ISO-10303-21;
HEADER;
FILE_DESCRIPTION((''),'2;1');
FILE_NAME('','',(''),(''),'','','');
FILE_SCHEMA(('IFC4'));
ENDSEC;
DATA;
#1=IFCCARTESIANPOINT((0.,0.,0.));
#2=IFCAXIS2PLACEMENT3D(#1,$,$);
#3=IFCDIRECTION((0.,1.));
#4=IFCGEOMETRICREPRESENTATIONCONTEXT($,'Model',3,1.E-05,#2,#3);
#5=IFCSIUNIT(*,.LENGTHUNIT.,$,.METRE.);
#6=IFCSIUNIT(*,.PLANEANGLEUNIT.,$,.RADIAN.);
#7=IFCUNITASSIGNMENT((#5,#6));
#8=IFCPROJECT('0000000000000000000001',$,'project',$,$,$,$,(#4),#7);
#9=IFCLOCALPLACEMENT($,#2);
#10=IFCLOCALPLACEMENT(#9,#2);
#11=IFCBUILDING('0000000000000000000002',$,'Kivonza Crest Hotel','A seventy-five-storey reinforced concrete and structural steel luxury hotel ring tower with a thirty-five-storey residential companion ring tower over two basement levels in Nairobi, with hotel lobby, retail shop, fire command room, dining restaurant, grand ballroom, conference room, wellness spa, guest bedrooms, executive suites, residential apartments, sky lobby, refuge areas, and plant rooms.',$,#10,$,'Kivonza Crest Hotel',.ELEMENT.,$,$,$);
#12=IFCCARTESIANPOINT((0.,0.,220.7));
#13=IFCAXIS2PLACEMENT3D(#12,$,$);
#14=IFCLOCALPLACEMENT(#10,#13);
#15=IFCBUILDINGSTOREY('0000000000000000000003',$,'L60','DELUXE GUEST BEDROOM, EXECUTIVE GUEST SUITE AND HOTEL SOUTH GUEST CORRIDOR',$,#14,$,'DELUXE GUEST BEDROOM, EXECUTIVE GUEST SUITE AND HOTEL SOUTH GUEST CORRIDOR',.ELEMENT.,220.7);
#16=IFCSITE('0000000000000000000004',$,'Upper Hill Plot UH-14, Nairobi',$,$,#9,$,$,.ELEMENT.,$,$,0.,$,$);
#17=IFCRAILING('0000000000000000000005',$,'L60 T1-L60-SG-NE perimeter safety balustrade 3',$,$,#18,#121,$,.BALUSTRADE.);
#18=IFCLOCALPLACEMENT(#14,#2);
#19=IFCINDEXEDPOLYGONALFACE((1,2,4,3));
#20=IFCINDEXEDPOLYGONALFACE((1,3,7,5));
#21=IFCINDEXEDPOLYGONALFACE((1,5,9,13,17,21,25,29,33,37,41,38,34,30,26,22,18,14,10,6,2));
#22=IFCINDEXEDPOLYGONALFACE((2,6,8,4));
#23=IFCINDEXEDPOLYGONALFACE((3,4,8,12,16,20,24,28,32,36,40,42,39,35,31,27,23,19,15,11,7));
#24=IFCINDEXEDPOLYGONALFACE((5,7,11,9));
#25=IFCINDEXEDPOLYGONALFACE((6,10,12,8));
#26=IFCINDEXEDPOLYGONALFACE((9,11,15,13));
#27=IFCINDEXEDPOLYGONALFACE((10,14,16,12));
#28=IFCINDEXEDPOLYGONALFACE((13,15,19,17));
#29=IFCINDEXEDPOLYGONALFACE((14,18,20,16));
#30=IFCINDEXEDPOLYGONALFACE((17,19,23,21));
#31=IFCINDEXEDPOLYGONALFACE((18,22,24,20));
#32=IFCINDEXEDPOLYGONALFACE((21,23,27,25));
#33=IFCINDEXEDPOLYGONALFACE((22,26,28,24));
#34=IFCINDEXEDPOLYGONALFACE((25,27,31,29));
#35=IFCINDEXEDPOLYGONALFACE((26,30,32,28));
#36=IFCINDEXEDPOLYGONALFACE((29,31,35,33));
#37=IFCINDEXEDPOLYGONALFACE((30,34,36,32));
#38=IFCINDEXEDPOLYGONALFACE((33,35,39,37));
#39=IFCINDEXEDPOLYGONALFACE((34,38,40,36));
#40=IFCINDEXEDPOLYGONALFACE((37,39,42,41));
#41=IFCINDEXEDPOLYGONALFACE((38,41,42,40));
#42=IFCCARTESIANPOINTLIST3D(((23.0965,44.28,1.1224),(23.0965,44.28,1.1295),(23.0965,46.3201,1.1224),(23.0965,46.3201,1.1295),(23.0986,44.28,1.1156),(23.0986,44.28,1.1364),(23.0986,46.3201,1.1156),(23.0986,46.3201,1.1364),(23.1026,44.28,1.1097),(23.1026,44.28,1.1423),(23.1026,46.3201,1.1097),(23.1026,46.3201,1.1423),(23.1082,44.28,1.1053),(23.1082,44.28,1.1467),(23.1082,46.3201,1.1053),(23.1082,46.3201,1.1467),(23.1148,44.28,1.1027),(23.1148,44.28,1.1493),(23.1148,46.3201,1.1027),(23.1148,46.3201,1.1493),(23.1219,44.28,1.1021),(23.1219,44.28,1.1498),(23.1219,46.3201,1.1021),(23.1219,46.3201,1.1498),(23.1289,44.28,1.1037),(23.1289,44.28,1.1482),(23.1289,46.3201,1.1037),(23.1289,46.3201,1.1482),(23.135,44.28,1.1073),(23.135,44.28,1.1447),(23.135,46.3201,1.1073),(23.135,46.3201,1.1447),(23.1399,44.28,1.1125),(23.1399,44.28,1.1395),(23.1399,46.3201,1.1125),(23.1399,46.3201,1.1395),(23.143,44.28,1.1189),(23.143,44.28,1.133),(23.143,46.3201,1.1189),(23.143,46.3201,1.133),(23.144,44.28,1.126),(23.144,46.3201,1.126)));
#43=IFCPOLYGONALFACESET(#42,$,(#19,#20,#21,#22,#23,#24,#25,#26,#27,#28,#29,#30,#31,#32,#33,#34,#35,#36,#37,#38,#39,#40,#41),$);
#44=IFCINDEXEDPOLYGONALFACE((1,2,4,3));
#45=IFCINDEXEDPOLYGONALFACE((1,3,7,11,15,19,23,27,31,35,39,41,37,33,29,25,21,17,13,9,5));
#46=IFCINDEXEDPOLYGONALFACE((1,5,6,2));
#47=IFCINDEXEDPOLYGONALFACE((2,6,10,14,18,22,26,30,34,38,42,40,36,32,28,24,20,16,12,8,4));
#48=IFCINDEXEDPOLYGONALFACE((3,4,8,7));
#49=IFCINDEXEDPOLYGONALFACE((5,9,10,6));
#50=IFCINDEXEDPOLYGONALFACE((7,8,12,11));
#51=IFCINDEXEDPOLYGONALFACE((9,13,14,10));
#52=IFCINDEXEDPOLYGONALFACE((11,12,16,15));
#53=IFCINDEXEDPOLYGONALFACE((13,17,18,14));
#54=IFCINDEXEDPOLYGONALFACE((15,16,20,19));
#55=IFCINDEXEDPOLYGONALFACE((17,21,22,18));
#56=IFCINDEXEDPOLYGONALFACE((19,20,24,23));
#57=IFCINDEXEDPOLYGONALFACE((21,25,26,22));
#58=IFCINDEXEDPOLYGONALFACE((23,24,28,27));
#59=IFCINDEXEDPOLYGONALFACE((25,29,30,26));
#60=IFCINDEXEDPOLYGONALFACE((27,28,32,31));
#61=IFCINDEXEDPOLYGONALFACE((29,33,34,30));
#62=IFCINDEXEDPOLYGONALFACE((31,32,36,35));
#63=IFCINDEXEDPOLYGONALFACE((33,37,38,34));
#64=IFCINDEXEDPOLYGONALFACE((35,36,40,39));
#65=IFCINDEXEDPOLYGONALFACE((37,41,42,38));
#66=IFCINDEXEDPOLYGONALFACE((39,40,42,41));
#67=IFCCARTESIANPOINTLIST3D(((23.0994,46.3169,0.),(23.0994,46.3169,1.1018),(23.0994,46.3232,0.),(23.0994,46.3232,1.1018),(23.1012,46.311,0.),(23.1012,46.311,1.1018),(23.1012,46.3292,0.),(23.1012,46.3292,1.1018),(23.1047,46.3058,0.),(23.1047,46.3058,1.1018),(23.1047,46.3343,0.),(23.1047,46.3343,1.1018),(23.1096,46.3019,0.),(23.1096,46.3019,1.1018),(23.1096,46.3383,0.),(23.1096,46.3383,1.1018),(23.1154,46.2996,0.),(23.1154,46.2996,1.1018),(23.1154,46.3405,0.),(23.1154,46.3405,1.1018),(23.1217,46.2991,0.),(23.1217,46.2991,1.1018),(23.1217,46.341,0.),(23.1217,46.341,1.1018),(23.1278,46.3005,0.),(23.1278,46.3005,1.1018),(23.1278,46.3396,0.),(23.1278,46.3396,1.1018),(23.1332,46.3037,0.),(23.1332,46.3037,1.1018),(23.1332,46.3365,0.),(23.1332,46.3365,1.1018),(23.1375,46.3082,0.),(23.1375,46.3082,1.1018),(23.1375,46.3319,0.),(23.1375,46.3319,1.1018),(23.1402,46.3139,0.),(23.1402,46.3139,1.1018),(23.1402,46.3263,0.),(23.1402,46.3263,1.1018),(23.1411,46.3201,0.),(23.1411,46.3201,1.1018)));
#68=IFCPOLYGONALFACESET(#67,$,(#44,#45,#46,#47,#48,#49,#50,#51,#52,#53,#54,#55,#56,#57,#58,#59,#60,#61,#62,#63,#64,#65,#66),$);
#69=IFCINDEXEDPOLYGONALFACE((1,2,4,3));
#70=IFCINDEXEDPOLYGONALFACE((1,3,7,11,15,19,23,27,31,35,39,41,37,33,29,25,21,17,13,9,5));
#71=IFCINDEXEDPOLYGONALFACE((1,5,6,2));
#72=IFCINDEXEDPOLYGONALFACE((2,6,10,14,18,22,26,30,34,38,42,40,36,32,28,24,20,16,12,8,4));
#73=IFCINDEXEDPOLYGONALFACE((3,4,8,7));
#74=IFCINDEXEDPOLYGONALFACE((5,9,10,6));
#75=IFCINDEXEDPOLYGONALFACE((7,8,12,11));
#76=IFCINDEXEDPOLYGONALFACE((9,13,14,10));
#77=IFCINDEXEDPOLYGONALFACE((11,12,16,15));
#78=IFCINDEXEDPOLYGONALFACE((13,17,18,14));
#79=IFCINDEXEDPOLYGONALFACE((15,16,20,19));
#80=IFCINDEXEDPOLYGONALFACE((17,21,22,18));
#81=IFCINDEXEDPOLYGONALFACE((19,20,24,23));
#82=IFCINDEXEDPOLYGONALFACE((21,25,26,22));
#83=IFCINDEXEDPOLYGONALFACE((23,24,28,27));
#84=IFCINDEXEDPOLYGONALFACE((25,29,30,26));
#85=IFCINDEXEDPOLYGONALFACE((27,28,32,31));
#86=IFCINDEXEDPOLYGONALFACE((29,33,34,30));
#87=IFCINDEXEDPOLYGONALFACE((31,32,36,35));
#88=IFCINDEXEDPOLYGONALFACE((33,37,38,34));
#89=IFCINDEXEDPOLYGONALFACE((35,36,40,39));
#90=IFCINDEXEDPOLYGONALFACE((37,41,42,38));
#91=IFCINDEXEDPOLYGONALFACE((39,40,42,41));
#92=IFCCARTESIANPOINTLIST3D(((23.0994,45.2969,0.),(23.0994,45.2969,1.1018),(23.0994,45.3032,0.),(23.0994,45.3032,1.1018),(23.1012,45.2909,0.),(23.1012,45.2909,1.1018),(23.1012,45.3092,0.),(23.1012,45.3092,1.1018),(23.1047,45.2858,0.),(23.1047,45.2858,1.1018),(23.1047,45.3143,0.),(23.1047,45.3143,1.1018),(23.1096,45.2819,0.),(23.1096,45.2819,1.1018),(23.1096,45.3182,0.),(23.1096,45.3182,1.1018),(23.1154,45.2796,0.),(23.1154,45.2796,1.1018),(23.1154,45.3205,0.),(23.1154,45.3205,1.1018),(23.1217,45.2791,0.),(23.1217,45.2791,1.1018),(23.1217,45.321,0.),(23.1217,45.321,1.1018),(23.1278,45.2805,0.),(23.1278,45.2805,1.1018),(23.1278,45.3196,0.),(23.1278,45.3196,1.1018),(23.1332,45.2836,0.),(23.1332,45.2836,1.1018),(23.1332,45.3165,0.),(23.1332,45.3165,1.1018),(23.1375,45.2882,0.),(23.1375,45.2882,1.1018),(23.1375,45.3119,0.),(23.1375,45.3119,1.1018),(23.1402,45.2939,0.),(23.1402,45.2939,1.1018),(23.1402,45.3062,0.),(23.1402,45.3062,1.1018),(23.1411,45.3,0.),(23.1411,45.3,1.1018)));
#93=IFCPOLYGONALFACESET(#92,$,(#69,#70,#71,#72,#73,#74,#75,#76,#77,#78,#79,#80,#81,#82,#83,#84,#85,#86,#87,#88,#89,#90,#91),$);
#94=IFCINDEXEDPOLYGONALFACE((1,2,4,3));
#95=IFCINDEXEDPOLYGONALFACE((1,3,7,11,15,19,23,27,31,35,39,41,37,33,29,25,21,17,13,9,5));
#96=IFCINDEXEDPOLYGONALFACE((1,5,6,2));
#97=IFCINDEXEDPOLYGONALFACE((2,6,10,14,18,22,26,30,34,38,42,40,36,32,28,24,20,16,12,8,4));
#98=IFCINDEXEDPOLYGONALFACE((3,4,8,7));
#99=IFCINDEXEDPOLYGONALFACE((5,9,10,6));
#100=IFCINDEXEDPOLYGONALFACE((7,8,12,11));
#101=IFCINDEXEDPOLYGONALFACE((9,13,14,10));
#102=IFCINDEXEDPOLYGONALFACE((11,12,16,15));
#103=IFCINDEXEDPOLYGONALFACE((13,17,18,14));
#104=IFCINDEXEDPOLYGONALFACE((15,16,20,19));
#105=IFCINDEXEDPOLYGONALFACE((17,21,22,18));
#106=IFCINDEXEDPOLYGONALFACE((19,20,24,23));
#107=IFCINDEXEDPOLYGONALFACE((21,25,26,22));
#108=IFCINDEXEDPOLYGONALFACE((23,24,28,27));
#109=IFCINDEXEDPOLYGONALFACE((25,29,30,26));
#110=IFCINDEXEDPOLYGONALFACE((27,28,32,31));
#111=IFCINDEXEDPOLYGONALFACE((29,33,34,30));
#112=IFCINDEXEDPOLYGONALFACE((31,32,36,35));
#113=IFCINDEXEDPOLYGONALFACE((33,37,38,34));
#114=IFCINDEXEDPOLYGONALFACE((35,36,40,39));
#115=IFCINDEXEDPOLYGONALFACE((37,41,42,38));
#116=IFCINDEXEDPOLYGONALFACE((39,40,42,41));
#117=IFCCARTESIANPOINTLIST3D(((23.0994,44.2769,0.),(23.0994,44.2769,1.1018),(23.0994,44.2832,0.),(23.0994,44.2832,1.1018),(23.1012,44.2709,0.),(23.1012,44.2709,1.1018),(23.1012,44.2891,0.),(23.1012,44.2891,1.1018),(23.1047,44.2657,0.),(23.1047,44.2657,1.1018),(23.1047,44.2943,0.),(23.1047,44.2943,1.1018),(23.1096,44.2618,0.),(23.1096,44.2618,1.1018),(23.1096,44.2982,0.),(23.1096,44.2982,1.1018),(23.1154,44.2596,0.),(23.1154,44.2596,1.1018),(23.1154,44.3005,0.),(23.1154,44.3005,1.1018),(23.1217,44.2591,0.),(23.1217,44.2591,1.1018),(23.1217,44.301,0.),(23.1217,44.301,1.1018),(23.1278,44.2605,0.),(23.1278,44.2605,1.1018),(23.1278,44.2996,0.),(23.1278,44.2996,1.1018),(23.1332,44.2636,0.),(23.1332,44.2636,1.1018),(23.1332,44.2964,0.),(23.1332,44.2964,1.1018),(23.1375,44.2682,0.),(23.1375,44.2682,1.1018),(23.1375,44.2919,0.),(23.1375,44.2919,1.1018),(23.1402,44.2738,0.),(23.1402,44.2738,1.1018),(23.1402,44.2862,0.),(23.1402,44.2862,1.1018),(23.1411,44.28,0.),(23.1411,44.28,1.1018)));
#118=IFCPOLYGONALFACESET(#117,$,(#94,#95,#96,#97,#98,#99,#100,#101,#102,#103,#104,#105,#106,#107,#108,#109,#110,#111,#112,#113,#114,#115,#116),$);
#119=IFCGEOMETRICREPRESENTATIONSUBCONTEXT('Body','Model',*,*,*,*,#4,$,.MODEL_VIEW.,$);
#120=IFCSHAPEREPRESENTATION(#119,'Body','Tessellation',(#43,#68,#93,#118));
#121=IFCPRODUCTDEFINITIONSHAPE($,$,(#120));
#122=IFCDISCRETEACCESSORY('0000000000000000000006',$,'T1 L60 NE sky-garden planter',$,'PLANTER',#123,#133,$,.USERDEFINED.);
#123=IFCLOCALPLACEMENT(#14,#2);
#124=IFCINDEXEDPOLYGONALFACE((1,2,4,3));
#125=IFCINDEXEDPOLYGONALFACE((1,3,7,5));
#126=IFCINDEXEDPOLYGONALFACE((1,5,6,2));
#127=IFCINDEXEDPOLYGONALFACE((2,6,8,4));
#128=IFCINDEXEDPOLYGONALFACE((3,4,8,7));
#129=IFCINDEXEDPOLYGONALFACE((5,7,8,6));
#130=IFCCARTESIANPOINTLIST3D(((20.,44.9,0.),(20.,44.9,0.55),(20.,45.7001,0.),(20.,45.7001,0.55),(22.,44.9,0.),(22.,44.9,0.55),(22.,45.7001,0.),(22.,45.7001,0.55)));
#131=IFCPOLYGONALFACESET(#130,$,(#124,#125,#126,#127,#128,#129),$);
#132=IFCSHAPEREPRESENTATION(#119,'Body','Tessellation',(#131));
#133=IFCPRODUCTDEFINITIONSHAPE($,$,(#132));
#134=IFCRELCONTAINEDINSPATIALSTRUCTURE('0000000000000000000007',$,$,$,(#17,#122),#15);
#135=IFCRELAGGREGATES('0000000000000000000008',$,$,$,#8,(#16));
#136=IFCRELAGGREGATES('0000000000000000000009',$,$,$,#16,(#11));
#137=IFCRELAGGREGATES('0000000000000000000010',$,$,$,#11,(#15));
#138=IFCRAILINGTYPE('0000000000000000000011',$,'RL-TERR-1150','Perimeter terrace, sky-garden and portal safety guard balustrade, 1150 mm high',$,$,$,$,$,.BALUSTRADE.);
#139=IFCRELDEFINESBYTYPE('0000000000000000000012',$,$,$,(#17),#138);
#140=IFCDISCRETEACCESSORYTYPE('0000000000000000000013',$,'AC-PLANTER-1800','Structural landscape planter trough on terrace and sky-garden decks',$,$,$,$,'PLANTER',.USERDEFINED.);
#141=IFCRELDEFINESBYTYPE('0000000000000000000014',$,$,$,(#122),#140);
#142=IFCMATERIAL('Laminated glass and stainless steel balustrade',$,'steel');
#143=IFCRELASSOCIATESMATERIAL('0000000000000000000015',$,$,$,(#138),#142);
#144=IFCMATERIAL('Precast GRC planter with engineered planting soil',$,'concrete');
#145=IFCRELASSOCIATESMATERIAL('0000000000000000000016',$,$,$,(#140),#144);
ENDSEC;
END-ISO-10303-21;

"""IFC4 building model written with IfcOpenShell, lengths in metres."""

from ifc_helpers import new_model, si_unit, direction, frame, origin, origin_2d, place, context, subcontext, project, spatial, rectangle, circle, extrude, material, type_object, element, save


model = new_model("IFC4")

# Units and contexts
model_context = context("Model", 3, precision=1e-05, world=origin(), true_north=direction((0.0, 1.0)))
body_context = subcontext(model_context, "Body", "Model", "MODEL_VIEW")
ifc_project = project(units=[si_unit("LENGTHUNIT", "METRE"), si_unit("PLANEANGLEUNIT", "RADIAN")], contexts=[model_context])

# Site, building, storey
site_placement = place(None, origin())
site = spatial("IfcSite", under=ifc_project, at=site_placement, Name="Upper Hill Plot UH-14, Nairobi", CompositionType="ELEMENT", RefElevation=0.0)
building_placement = place(site_placement, origin())
building = spatial("IfcBuilding", under=site, at=building_placement, Name="Kivonza Crest Hotel", Description="A seventy-five-storey reinforced concrete and structural steel luxury hotel ring tower with a thirty-five-storey residential companion ring tower over two basement levels in Nairobi, with hotel lobby, retail shop, fire command room, dining restaurant, grand ballroom, conference room, wellness spa, guest bedrooms, executive suites, residential apartments, sky lobby, refuge areas, and plant rooms.", LongName="Kivonza Crest Hotel", CompositionType="ELEMENT")
storey_placement = place(building_placement, frame((0.0, 0.0, 220.7)))
storey = spatial("IfcBuildingStorey", under=building, at=storey_placement, Name="L60", Description="DELUXE GUEST BEDROOM, EXECUTIVE GUEST SUITE AND HOTEL SOUTH GUEST CORRIDOR", LongName="DELUXE GUEST BEDROOM, EXECUTIVE GUEST SUITE AND HOTEL SOUTH GUEST CORRIDOR", CompositionType="ELEMENT", Elevation=220.7)

# Railing
ifc_material_1 = material(Name="Laminated glass and stainless steel balustrade", Category="steel")
railing_type = type_object("IfcRailingType", Name="RL-TERR-1150", Description="Perimeter terrace, sky-garden and portal safety guard balustrade, 1150 mm high", PredefinedType="BALUSTRADE", material=ifc_material_1)
railing_1_placement = place(storey_placement, frame((23.1201, 46.3201, 0.0)))
element("IfcRailing", 1, at=railing_1_placement, inside=storey, type_object=railing_type, Name="L60 T1-L60-SG-NE perimeter safety balustrade 3", PredefinedType="BALUSTRADE", context=body_context, shape_type="SweptSolid", body=[
    extrude(circle(Radius=0.0239, at=origin_2d()), frame((0.0, 0.0, 1.126), z_axis=(0.0, -1.0, 0.0), x_axis=(1.0, 0.0, 0.0)), (0.0, 0.0, 1.0), 2.04),
    extrude(circle(Radius=0.021, at=origin_2d()), origin(), (0.0, 0.0, 1.0), 1.1018),
    extrude(circle(Radius=0.021, at=origin_2d()), frame((0.0, -1.02, 0.0)), (0.0, 0.0, 1.0), 1.1018),
    extrude(circle(Radius=0.021, at=origin_2d()), frame((0.0, -2.04, 0.0)), (0.0, 0.0, 1.0), 1.1018),
])

# Discrete accessory
ifc_material_2 = material(Name="Precast GRC planter with engineered planting soil", Category="concrete")
discrete_accessory_type = type_object("IfcDiscreteAccessoryType", Name="AC-PLANTER-1800", Description="Structural landscape planter trough on terrace and sky-garden decks", ElementType="PLANTER", PredefinedType="USERDEFINED", material=ifc_material_2)
discrete_accessory_placement = place(storey_placement, frame((21.0, 45.3, 0.0), z_axis=(0.0, 0.0, 1.0), x_axis=(1.0, 0.0, 0.0)))
element("IfcDiscreteAccessory", 2, at=discrete_accessory_placement, inside=storey, type_object=discrete_accessory_type, Name="T1 L60 NE sky-garden planter", ObjectType="PLANTER", PredefinedType="USERDEFINED", context=body_context, shape_type="SweptSolid", body=[
    extrude(rectangle(XDim=2.0, YDim=0.8, at=origin_2d()), origin(), (0.0, 0.0, 1.0), 0.55),
])

save(model, "model.ifc")
